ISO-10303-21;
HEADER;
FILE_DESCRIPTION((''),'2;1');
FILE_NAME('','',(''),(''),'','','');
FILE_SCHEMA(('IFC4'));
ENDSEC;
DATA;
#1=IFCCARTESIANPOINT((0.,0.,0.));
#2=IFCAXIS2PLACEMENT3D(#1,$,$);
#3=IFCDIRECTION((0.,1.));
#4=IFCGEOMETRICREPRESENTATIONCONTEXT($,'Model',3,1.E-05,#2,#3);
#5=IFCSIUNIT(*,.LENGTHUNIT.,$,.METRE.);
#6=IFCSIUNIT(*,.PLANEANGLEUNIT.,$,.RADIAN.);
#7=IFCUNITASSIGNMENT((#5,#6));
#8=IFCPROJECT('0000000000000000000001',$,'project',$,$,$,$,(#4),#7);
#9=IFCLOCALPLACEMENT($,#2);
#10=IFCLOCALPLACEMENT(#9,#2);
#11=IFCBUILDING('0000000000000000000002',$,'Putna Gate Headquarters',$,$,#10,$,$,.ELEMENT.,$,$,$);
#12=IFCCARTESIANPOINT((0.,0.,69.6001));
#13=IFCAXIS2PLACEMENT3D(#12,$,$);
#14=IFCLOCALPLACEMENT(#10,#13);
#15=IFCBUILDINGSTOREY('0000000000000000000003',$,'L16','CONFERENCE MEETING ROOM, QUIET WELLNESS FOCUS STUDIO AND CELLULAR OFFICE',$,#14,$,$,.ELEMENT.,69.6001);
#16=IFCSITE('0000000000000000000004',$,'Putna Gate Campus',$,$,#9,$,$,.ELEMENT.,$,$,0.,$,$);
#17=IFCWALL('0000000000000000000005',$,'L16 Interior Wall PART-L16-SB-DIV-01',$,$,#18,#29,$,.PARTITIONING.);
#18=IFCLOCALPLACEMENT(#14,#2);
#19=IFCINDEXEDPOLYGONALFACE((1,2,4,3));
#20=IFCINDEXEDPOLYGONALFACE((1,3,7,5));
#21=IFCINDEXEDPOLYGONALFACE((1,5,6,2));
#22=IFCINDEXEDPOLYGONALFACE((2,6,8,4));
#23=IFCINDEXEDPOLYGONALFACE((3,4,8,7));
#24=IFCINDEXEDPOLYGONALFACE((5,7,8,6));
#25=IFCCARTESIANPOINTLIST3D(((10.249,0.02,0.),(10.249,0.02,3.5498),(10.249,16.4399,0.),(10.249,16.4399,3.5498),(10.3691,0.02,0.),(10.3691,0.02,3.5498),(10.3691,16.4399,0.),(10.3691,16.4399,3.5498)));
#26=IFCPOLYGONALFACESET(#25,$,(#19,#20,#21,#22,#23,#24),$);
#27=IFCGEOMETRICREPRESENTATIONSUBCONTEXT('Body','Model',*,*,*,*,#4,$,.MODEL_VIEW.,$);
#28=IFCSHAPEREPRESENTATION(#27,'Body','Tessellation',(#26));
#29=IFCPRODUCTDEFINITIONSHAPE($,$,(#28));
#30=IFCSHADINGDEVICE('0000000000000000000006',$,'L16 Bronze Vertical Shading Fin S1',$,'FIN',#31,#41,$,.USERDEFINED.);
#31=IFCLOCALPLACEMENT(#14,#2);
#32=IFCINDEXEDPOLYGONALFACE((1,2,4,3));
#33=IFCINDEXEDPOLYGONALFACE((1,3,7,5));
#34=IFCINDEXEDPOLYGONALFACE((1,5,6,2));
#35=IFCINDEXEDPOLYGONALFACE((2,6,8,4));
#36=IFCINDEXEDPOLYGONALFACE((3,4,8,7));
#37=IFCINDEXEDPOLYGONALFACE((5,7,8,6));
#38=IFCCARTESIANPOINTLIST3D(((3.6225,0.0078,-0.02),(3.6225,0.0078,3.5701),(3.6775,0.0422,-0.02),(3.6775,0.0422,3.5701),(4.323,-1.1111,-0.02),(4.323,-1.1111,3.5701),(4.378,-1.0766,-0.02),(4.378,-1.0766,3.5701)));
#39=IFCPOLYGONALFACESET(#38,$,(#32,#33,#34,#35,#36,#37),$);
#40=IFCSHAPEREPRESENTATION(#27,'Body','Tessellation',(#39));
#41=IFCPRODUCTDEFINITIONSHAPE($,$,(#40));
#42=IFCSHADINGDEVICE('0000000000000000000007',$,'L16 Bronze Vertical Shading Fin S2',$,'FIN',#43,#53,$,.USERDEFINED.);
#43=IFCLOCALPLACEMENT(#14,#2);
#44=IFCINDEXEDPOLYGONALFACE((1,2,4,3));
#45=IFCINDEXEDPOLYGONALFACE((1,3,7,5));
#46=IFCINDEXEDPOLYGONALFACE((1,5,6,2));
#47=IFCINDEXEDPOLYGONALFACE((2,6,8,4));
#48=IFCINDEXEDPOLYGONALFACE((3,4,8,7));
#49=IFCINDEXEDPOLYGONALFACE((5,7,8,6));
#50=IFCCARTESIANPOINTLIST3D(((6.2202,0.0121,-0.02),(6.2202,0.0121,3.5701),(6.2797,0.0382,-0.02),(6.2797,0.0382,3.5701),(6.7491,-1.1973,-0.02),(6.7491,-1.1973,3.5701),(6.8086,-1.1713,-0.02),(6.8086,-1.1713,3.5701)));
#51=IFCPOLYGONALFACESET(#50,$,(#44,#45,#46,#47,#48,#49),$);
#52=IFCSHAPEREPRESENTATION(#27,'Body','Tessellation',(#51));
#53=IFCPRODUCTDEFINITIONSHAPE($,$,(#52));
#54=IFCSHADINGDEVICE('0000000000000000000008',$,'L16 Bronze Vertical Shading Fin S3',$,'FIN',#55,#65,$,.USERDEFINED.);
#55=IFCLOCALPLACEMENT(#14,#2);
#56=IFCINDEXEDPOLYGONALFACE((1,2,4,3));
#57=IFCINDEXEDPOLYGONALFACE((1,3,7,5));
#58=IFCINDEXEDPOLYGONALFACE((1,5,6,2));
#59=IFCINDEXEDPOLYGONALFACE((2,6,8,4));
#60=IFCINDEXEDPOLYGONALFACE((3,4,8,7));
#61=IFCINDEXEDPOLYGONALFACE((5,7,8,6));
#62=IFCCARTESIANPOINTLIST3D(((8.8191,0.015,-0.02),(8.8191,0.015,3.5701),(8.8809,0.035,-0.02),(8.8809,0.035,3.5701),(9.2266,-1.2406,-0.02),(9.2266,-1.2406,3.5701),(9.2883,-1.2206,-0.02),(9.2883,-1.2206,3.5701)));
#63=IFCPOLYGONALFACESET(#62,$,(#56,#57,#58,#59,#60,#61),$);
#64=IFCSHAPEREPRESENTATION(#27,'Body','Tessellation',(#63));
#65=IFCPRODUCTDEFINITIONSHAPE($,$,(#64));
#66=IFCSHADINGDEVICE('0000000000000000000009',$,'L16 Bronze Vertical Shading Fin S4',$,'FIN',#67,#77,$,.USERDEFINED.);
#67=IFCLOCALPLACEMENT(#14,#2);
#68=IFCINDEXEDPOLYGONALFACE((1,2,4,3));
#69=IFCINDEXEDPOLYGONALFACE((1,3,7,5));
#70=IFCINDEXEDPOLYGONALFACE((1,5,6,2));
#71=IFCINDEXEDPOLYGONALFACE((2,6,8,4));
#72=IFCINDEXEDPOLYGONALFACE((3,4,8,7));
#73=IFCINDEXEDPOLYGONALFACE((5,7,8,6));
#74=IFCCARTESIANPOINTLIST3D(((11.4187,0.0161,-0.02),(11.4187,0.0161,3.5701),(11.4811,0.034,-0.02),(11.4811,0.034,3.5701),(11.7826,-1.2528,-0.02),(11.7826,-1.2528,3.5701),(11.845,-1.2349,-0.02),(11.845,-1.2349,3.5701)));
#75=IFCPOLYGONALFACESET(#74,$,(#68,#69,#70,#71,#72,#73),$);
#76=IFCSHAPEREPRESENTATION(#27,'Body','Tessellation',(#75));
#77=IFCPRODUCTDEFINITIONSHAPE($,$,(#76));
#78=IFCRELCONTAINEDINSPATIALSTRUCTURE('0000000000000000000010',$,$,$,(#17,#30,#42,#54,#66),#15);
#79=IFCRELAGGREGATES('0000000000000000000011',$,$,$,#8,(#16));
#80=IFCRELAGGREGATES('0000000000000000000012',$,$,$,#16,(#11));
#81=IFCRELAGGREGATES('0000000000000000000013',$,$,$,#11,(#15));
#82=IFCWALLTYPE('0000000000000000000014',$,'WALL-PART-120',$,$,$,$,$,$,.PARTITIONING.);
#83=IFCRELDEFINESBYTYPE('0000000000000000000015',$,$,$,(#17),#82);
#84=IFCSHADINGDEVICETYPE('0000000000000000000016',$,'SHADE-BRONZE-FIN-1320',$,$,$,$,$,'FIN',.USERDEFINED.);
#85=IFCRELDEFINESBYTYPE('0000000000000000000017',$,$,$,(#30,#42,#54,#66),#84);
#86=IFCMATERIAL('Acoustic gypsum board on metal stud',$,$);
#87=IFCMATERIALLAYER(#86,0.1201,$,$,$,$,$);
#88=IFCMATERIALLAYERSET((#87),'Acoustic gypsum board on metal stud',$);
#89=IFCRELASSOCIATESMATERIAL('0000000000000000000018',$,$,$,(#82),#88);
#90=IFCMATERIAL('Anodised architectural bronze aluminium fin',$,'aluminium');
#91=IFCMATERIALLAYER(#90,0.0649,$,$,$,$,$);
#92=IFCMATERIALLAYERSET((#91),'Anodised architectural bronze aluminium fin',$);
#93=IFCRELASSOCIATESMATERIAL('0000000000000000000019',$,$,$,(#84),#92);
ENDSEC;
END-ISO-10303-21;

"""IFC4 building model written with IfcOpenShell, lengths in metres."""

from ifc_helpers import new_model, si_unit, direction, frame, frame_2d, origin, origin_2d, place, context, subcontext, project, spatial, rectangle, extrude, material, layer, layer_set, type_object, element, save


model = new_model("IFC4")

# Units and contexts
model_context = context("Model", 3, precision=1e-05, world=origin(), true_north=direction((0.0, 1.0)))
body_context = subcontext(model_context, "Body", "Model", "MODEL_VIEW")
ifc_project = project(units=[si_unit("LENGTHUNIT", "METRE"), si_unit("PLANEANGLEUNIT", "RADIAN")], contexts=[model_context])

# Site, building, storey
site_placement = place(None, origin())
site = spatial("IfcSite", under=ifc_project, at=site_placement, Name="Putna Gate Campus", CompositionType="ELEMENT", RefElevation=0.0)
building_placement = place(site_placement, origin())
building = spatial("IfcBuilding", under=site, at=building_placement, Name="Putna Gate Headquarters", CompositionType="ELEMENT")
storey_placement = place(building_placement, frame((0.0, 0.0, 69.6001)))
storey = spatial("IfcBuildingStorey", under=building, at=storey_placement, Name="L16", Description="CONFERENCE MEETING ROOM, QUIET WELLNESS FOCUS STUDIO AND CELLULAR OFFICE", CompositionType="ELEMENT", Elevation=69.6001)

# Wall
ifc_material_1 = material(Name="Acoustic gypsum board on metal stud")
ifc_layer_1 = layer(ifc_material_1, 0.1201)
ifc_layer_set_1 = layer_set([ifc_layer_1], Name="Acoustic gypsum board on metal stud")
wall_type_1 = type_object("IfcWallType", Name="WALL-PART-120", PredefinedType="PARTITIONING", material=ifc_layer_set_1)
wall_placement = place(storey_placement, frame((10.3091, 0.02, 0.0), z_axis=(0.0, 0.0, 1.0), x_axis=(0.0, 1.0, 0.0)))
element("IfcWall", 1, at=wall_placement, inside=storey, type_object=wall_type_1, Name="L16 Interior Wall PART-L16-SB-DIV-01", PredefinedType="PARTITIONING", context=body_context, shape_type="SweptSolid", body=[
    extrude(rectangle(XDim=16.4199, YDim=0.1201, at=frame_2d((8.21, 0.0))), origin(), (0.0, 0.0, 1.0), 3.5498),
])

# Shading devices
ifc_material_2 = material(Name="Anodised architectural bronze aluminium fin", Category="aluminium")
ifc_layer_2 = layer(ifc_material_2, 0.0649)
ifc_layer_set_2 = layer_set([ifc_layer_2], Name="Anodised architectural bronze aluminium fin")
shading_device_type = type_object("IfcShadingDeviceType", Name="SHADE-BRONZE-FIN-1320", ElementType="FIN", PredefinedType="USERDEFINED", material=ifc_layer_set_2)
for number, where, z_axis, x_axis, name in (
    (2, (4.0002, -0.5344, -0.02), (0.0, 0.0, 1.0), (0.530659, -0.847585, 0.0), "L16 Bronze Vertical Shading Fin S1"),
    (3, (6.5144, -0.5796, -0.02), (0.0, 0.0, 1.0), (0.400669, -0.916223, 0.0), "L16 Bronze Vertical Shading Fin S2"),
    (4, (9.0537, -0.6028, -0.02), (0.0, 0.0, 1.0), (0.308685, -0.951164, 0.0), "L16 Bronze Vertical Shading Fin S3"),
    (5, (11.6318, -0.6094, -0.02), (0.0, 0.0, 1.0), (0.275637, -0.961262, 0.0), "L16 Bronze Vertical Shading Fin S4"),
):
    element("IfcShadingDevice", number, at=place(storey_placement, frame(where, z_axis=z_axis, x_axis=x_axis)), inside=storey, type_object=shading_device_type, Name=name, ObjectType="FIN", PredefinedType="USERDEFINED", context=body_context, shape_type="SweptSolid", body=[
        extrude(rectangle(XDim=1.3201, YDim=0.0649, at=origin_2d()), origin(), (0.0, 0.0, 1.0), 3.5901),
    ])

save(model, "model.ifc")
